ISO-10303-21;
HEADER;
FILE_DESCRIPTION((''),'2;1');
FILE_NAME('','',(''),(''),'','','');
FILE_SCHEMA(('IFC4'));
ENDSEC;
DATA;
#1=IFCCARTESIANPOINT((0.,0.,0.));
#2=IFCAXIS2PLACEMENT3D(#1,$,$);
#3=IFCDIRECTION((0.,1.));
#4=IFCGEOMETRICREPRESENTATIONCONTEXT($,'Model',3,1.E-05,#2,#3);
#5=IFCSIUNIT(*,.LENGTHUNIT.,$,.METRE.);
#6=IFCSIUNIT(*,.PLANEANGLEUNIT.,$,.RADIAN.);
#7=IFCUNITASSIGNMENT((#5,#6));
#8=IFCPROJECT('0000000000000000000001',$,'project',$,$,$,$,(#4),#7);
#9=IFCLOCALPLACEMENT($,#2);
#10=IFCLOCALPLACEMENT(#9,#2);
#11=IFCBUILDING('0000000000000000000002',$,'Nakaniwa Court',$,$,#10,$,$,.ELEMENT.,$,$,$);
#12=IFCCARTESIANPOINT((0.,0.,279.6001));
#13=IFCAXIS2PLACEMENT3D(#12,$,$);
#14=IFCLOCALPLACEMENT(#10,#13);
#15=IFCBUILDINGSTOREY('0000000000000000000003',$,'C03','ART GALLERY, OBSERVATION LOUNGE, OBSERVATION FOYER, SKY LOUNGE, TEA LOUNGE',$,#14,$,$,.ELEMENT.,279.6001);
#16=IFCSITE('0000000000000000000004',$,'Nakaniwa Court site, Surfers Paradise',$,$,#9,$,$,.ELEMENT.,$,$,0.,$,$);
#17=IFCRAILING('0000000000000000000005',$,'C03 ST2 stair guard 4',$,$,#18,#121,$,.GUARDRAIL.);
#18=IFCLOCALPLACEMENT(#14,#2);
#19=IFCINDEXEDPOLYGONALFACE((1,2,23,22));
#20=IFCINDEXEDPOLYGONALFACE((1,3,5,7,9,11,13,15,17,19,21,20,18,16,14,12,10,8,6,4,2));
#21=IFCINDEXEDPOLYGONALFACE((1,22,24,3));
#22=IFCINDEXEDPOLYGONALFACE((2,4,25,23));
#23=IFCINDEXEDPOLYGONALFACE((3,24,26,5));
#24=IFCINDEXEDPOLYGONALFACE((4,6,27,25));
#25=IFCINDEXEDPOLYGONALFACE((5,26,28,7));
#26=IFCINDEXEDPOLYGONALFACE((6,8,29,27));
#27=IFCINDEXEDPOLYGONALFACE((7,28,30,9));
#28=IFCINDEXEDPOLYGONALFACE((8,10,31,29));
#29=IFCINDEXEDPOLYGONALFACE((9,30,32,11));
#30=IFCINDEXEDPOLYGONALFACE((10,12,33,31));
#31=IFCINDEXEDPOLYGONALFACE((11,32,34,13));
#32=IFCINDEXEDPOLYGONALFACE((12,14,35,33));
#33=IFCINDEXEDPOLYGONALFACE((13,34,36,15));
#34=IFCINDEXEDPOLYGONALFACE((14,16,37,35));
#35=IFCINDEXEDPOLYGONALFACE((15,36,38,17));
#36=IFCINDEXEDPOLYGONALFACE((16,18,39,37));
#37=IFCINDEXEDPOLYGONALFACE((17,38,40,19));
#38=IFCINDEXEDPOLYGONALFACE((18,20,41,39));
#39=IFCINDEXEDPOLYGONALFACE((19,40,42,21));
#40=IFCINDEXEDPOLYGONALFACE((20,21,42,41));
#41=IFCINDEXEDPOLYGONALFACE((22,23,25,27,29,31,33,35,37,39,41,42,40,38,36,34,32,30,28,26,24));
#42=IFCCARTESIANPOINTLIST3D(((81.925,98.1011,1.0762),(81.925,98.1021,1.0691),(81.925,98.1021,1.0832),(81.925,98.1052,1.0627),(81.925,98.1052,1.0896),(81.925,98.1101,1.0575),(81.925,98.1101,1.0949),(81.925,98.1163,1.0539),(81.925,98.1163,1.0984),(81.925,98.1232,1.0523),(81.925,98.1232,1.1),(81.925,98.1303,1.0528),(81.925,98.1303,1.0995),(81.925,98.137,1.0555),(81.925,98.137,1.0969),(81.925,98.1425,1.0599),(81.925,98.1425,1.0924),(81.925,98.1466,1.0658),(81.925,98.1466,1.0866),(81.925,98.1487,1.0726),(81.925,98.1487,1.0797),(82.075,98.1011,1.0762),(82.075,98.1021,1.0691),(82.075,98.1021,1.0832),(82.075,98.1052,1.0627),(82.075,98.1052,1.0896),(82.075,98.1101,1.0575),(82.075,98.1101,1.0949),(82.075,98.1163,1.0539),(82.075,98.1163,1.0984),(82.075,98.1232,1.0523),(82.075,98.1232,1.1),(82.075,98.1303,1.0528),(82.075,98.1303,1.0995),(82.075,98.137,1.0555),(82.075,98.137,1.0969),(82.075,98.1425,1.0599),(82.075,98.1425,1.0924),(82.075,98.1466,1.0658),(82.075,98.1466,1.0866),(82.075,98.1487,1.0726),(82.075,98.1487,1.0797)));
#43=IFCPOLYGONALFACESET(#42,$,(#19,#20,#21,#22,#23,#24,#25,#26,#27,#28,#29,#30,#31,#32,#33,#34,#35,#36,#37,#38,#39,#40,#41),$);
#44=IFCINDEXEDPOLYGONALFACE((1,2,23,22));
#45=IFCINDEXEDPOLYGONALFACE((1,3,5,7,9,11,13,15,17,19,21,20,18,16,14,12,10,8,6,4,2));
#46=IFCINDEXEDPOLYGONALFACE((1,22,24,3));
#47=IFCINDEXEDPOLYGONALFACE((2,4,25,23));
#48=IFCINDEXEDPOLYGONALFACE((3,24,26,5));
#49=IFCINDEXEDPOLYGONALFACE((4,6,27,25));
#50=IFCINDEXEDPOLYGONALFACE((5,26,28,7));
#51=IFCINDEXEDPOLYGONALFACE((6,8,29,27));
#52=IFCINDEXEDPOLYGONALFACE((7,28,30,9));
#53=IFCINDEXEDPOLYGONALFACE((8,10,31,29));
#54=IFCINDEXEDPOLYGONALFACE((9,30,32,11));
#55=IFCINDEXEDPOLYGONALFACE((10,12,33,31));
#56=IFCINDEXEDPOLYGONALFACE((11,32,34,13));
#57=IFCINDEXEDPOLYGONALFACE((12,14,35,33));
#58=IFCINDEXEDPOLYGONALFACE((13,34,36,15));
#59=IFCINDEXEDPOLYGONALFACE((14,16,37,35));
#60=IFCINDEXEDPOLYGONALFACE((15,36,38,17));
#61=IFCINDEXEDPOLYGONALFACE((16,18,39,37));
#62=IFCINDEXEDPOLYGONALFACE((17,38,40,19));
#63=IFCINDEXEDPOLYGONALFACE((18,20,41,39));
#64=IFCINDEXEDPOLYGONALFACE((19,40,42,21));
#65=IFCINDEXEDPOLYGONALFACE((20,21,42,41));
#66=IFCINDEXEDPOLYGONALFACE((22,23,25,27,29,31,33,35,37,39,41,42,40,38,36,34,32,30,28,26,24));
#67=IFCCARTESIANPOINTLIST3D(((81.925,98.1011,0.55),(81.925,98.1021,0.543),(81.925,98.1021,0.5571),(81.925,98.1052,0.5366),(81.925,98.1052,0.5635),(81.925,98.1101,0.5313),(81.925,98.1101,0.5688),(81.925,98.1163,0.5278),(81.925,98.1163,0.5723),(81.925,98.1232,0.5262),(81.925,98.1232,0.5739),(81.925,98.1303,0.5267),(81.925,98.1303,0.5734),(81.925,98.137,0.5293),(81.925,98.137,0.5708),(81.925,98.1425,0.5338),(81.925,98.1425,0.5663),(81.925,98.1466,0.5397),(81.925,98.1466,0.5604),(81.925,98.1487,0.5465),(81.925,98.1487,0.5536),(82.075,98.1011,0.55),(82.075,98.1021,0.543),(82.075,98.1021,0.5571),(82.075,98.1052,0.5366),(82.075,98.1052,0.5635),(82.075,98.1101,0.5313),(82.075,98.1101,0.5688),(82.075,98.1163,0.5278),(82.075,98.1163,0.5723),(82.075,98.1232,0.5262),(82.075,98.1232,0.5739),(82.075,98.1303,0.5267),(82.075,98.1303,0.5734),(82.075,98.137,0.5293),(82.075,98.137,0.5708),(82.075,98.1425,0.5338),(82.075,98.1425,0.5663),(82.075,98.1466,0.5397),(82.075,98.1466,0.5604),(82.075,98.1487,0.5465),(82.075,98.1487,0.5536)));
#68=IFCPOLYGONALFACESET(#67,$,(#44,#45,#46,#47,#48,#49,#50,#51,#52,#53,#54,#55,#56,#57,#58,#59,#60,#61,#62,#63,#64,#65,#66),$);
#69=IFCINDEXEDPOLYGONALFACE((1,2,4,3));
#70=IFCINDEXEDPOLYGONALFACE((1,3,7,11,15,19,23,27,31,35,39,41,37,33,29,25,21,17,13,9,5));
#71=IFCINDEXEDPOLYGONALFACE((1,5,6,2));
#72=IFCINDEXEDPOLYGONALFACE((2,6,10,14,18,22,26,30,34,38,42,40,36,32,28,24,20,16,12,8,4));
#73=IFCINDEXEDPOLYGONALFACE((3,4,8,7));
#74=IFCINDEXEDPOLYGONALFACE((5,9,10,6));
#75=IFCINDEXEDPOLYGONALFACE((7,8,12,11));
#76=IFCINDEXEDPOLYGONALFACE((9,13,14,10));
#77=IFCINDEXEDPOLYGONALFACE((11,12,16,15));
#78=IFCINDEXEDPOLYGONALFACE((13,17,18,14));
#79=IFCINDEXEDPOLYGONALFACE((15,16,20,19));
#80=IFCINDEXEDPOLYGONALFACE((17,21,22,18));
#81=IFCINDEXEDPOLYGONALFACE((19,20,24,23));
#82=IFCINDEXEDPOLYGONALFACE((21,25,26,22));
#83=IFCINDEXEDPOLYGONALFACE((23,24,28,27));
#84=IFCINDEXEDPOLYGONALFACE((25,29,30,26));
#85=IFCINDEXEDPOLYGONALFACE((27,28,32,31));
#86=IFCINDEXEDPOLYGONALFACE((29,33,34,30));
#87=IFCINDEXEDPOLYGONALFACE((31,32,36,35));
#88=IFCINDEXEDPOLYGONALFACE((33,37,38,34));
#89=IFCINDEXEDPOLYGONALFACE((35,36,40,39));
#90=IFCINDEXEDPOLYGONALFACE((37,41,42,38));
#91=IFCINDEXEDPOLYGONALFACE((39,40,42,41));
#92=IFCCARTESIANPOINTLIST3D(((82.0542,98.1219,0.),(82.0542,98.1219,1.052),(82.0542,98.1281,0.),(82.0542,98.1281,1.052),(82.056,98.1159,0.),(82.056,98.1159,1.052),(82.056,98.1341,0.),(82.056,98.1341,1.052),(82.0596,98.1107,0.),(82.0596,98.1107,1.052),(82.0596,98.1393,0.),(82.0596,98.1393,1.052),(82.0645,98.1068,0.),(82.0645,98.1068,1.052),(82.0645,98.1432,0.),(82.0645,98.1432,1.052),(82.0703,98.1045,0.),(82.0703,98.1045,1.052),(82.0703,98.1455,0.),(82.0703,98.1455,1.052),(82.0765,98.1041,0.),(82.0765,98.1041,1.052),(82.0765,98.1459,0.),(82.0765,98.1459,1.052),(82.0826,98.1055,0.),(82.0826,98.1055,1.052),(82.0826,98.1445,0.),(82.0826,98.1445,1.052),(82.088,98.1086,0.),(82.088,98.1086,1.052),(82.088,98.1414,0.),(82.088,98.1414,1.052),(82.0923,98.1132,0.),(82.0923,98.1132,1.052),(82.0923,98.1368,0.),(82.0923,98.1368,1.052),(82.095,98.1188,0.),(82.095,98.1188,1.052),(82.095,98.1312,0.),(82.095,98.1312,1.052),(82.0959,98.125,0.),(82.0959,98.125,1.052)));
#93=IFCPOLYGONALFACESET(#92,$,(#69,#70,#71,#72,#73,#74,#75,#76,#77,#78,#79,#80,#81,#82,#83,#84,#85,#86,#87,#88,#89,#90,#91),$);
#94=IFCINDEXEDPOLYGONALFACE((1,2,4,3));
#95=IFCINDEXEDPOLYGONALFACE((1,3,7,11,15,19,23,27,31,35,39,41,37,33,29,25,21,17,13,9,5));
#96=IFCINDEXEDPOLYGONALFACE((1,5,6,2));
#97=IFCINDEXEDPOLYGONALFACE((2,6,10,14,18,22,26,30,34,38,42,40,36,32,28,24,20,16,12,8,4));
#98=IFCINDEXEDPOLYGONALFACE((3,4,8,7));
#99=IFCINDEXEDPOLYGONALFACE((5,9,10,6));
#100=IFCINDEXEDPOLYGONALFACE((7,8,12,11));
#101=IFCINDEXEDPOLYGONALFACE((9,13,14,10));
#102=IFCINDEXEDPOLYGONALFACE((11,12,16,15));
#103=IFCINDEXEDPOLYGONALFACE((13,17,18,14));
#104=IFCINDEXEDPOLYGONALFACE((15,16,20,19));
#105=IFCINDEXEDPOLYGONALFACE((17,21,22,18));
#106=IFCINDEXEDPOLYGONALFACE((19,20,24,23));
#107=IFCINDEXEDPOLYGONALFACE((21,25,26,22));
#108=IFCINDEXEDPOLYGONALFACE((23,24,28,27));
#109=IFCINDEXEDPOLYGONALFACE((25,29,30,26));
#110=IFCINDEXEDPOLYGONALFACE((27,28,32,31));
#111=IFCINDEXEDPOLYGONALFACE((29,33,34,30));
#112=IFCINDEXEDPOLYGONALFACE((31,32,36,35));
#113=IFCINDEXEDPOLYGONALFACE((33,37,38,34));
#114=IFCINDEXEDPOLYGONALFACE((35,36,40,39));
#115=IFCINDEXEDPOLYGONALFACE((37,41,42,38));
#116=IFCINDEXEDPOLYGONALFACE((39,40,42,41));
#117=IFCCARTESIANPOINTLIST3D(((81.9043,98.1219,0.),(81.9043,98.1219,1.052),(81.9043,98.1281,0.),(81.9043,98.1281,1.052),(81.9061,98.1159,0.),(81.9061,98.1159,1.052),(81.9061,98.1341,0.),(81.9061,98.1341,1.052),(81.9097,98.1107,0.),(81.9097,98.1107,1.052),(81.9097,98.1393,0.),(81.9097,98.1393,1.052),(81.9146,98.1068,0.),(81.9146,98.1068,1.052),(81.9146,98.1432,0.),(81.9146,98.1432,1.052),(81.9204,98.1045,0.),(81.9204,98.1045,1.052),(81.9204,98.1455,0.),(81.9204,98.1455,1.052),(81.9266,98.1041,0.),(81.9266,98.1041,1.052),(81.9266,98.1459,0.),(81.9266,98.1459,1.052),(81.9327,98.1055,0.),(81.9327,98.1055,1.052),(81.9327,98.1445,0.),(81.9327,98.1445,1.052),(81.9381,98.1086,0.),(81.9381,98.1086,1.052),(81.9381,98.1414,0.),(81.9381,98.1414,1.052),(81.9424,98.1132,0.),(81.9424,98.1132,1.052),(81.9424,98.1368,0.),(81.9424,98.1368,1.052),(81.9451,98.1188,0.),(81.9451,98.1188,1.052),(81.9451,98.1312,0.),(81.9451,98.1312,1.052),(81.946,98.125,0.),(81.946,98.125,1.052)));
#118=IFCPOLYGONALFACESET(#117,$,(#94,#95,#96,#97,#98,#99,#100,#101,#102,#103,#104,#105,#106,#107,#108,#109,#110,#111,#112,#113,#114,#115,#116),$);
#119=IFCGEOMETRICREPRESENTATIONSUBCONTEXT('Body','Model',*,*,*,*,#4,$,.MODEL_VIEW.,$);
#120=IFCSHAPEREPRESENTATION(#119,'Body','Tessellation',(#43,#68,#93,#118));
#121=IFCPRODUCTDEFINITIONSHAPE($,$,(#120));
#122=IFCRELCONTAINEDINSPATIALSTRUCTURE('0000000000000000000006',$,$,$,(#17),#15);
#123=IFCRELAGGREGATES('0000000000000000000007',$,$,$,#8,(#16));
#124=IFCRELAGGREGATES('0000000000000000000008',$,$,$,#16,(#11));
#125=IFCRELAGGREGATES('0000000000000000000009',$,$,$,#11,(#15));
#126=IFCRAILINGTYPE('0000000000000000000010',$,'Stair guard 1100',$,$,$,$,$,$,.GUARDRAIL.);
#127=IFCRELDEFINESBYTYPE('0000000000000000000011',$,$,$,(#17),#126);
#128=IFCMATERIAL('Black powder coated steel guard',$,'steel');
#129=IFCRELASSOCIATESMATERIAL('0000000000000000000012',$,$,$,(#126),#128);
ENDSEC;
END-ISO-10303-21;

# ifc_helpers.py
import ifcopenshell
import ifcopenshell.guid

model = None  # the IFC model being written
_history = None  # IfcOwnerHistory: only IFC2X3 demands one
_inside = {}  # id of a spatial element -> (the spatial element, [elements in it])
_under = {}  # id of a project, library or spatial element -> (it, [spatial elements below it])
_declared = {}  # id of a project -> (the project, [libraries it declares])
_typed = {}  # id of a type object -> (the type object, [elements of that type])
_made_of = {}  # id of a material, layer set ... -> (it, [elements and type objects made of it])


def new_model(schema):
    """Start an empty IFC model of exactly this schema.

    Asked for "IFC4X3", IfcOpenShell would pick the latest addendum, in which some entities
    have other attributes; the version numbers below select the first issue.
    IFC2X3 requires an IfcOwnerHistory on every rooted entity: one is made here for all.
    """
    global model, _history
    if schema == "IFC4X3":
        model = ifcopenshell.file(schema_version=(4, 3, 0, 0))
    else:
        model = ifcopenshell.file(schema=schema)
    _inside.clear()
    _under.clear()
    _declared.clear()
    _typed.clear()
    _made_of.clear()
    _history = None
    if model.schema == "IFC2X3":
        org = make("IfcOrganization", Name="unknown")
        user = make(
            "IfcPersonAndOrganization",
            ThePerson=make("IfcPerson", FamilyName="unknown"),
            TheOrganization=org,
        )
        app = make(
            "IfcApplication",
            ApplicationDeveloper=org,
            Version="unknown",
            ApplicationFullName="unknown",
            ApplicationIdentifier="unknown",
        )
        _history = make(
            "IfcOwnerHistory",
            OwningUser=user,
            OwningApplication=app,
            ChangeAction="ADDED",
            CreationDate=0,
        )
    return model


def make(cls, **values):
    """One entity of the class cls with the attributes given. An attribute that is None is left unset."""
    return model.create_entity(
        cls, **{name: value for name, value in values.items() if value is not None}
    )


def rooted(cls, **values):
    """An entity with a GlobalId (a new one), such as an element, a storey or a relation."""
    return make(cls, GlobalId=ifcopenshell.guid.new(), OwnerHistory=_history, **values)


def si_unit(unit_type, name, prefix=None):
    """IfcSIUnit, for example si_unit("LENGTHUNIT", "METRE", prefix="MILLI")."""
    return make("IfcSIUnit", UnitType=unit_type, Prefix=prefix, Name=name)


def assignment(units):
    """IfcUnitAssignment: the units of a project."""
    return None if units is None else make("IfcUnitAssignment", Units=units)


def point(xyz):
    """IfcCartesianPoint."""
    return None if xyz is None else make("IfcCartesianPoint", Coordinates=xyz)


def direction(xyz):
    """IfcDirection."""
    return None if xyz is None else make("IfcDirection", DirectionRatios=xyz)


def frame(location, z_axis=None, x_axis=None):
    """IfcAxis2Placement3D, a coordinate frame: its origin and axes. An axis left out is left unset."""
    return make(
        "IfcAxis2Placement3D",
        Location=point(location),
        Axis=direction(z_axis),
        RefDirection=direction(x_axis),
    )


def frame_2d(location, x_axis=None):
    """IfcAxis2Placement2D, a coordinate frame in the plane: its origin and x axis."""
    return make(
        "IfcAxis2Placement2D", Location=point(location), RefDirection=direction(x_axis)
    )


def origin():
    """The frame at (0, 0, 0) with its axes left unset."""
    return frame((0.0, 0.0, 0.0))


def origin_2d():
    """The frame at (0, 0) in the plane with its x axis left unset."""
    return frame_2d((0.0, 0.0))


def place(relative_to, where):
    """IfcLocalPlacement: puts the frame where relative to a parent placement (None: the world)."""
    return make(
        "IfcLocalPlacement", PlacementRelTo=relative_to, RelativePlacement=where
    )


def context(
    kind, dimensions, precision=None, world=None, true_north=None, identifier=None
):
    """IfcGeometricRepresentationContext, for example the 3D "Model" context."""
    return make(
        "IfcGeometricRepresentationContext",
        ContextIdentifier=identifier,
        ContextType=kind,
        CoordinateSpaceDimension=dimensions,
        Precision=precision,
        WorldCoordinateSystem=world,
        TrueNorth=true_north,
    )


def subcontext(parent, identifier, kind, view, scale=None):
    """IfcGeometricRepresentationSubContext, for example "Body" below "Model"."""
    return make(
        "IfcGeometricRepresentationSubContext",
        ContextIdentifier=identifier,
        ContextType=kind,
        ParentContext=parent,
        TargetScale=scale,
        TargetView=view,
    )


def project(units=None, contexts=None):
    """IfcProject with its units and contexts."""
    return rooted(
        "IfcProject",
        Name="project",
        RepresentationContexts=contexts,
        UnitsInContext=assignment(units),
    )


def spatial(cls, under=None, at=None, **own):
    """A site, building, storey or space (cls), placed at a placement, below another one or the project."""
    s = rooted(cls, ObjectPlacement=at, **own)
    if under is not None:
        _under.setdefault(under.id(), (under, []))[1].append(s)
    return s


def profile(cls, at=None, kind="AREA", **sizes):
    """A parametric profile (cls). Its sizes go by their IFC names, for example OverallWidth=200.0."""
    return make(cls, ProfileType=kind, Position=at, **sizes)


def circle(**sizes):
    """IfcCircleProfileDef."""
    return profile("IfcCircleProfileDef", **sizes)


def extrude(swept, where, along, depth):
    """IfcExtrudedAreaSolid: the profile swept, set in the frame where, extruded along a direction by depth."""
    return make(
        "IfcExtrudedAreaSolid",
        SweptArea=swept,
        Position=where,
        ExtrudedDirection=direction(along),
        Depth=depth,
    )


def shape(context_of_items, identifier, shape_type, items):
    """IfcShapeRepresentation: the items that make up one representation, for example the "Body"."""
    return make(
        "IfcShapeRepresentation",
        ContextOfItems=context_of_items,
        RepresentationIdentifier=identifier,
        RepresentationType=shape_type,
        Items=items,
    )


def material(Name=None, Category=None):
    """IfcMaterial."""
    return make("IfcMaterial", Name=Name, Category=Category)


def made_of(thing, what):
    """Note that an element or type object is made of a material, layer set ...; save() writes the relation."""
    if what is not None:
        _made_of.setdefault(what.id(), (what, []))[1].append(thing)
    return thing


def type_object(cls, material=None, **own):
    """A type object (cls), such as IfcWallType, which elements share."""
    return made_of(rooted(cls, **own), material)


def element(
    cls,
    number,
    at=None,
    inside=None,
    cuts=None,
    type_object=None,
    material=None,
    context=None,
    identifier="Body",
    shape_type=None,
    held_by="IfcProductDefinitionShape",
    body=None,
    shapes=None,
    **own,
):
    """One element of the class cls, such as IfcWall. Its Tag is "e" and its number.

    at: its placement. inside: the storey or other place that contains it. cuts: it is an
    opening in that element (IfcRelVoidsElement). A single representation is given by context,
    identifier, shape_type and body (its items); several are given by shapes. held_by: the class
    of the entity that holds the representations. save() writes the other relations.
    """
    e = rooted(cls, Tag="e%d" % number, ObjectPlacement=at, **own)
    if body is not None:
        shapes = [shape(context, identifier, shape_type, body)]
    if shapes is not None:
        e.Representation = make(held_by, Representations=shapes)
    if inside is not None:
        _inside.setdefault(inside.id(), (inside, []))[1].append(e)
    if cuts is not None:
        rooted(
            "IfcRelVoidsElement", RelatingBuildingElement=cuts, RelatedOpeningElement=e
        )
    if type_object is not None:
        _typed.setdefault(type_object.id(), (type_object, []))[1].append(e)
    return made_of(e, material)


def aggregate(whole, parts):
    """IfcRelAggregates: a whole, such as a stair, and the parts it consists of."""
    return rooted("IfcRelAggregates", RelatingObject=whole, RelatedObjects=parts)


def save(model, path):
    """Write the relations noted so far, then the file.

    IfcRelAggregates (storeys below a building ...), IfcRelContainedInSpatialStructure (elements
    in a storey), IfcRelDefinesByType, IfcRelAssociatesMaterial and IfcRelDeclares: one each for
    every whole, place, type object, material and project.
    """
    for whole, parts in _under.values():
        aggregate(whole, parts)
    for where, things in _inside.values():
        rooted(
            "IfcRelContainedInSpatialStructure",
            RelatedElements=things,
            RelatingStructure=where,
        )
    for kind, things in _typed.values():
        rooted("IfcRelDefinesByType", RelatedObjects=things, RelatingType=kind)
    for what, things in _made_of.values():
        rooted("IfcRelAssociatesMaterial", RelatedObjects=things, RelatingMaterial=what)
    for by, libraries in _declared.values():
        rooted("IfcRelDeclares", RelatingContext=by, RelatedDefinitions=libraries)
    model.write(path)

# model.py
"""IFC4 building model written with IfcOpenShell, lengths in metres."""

from ifc_helpers import new_model, si_unit, direction, frame, origin, origin_2d, place, context, subcontext, project, spatial, circle, extrude, material, type_object, element, save


model = new_model("IFC4")

# Units and contexts
model_context = context("Model", 3, precision=1e-05, world=origin(), true_north=direction((0.0, 1.0)))
body_context = subcontext(model_context, "Body", "Model", "MODEL_VIEW")
ifc_project = project(units=[si_unit("LENGTHUNIT", "METRE"), si_unit("PLANEANGLEUNIT", "RADIAN")], contexts=[model_context])

# Site, building, storey
site_placement = place(None, origin())
site = spatial("IfcSite", under=ifc_project, at=site_placement, Name="Nakaniwa Court site, Surfers Paradise", CompositionType="ELEMENT", RefElevation=0.0)
building_placement = place(site_placement, origin())
building = spatial("IfcBuilding", under=site, at=building_placement, Name="Nakaniwa Court", CompositionType="ELEMENT")
storey_placement = place(building_placement, frame((0.0, 0.0, 279.6001)))
storey = spatial("IfcBuildingStorey", under=building, at=storey_placement, Name="C03", Description="ART GALLERY, OBSERVATION LOUNGE, OBSERVATION FOYER, SKY LOUNGE, TEA LOUNGE", CompositionType="ELEMENT", Elevation=279.6001)

# Railing
ifc_material_1 = material(Name="Black powder coated steel guard", Category="steel")
railing_type_1 = type_object("IfcRailingType", Name="Stair guard 1100", PredefinedType="GUARDRAIL", material=ifc_material_1)
railing_1_placement = place(storey_placement, frame((82.075, 98.125, 0.0)))
element("IfcRailing", 1, at=railing_1_placement, inside=storey, type_object=railing_type_1, Name="C03 ST2 stair guard 4", PredefinedType="GUARDRAIL", context=body_context, shape_type="SweptSolid", body=[
    extrude(circle(Radius=0.0239, at=origin_2d()), frame((0.0, 0.0, 1.0762), z_axis=(-1.0, 0.0, 0.0), x_axis=(0.0, -1.0, 0.0)), (0.0, 0.0, 1.0), 0.1499),
    extrude(circle(Radius=0.0239, at=origin_2d()), frame((0.0, 0.0, 0.55), z_axis=(-1.0, 0.0, 0.0), x_axis=(0.0, -1.0, 0.0)), (0.0, 0.0, 1.0), 0.1499),
    extrude(circle(Radius=0.021, at=origin_2d()), origin(), (0.0, 0.0, 1.0), 1.052),
    extrude(circle(Radius=0.021, at=origin_2d()), frame((-0.1499, 0.0, 0.0)), (0.0, 0.0, 1.0), 1.052),
])

save(model, "model.ifc")
